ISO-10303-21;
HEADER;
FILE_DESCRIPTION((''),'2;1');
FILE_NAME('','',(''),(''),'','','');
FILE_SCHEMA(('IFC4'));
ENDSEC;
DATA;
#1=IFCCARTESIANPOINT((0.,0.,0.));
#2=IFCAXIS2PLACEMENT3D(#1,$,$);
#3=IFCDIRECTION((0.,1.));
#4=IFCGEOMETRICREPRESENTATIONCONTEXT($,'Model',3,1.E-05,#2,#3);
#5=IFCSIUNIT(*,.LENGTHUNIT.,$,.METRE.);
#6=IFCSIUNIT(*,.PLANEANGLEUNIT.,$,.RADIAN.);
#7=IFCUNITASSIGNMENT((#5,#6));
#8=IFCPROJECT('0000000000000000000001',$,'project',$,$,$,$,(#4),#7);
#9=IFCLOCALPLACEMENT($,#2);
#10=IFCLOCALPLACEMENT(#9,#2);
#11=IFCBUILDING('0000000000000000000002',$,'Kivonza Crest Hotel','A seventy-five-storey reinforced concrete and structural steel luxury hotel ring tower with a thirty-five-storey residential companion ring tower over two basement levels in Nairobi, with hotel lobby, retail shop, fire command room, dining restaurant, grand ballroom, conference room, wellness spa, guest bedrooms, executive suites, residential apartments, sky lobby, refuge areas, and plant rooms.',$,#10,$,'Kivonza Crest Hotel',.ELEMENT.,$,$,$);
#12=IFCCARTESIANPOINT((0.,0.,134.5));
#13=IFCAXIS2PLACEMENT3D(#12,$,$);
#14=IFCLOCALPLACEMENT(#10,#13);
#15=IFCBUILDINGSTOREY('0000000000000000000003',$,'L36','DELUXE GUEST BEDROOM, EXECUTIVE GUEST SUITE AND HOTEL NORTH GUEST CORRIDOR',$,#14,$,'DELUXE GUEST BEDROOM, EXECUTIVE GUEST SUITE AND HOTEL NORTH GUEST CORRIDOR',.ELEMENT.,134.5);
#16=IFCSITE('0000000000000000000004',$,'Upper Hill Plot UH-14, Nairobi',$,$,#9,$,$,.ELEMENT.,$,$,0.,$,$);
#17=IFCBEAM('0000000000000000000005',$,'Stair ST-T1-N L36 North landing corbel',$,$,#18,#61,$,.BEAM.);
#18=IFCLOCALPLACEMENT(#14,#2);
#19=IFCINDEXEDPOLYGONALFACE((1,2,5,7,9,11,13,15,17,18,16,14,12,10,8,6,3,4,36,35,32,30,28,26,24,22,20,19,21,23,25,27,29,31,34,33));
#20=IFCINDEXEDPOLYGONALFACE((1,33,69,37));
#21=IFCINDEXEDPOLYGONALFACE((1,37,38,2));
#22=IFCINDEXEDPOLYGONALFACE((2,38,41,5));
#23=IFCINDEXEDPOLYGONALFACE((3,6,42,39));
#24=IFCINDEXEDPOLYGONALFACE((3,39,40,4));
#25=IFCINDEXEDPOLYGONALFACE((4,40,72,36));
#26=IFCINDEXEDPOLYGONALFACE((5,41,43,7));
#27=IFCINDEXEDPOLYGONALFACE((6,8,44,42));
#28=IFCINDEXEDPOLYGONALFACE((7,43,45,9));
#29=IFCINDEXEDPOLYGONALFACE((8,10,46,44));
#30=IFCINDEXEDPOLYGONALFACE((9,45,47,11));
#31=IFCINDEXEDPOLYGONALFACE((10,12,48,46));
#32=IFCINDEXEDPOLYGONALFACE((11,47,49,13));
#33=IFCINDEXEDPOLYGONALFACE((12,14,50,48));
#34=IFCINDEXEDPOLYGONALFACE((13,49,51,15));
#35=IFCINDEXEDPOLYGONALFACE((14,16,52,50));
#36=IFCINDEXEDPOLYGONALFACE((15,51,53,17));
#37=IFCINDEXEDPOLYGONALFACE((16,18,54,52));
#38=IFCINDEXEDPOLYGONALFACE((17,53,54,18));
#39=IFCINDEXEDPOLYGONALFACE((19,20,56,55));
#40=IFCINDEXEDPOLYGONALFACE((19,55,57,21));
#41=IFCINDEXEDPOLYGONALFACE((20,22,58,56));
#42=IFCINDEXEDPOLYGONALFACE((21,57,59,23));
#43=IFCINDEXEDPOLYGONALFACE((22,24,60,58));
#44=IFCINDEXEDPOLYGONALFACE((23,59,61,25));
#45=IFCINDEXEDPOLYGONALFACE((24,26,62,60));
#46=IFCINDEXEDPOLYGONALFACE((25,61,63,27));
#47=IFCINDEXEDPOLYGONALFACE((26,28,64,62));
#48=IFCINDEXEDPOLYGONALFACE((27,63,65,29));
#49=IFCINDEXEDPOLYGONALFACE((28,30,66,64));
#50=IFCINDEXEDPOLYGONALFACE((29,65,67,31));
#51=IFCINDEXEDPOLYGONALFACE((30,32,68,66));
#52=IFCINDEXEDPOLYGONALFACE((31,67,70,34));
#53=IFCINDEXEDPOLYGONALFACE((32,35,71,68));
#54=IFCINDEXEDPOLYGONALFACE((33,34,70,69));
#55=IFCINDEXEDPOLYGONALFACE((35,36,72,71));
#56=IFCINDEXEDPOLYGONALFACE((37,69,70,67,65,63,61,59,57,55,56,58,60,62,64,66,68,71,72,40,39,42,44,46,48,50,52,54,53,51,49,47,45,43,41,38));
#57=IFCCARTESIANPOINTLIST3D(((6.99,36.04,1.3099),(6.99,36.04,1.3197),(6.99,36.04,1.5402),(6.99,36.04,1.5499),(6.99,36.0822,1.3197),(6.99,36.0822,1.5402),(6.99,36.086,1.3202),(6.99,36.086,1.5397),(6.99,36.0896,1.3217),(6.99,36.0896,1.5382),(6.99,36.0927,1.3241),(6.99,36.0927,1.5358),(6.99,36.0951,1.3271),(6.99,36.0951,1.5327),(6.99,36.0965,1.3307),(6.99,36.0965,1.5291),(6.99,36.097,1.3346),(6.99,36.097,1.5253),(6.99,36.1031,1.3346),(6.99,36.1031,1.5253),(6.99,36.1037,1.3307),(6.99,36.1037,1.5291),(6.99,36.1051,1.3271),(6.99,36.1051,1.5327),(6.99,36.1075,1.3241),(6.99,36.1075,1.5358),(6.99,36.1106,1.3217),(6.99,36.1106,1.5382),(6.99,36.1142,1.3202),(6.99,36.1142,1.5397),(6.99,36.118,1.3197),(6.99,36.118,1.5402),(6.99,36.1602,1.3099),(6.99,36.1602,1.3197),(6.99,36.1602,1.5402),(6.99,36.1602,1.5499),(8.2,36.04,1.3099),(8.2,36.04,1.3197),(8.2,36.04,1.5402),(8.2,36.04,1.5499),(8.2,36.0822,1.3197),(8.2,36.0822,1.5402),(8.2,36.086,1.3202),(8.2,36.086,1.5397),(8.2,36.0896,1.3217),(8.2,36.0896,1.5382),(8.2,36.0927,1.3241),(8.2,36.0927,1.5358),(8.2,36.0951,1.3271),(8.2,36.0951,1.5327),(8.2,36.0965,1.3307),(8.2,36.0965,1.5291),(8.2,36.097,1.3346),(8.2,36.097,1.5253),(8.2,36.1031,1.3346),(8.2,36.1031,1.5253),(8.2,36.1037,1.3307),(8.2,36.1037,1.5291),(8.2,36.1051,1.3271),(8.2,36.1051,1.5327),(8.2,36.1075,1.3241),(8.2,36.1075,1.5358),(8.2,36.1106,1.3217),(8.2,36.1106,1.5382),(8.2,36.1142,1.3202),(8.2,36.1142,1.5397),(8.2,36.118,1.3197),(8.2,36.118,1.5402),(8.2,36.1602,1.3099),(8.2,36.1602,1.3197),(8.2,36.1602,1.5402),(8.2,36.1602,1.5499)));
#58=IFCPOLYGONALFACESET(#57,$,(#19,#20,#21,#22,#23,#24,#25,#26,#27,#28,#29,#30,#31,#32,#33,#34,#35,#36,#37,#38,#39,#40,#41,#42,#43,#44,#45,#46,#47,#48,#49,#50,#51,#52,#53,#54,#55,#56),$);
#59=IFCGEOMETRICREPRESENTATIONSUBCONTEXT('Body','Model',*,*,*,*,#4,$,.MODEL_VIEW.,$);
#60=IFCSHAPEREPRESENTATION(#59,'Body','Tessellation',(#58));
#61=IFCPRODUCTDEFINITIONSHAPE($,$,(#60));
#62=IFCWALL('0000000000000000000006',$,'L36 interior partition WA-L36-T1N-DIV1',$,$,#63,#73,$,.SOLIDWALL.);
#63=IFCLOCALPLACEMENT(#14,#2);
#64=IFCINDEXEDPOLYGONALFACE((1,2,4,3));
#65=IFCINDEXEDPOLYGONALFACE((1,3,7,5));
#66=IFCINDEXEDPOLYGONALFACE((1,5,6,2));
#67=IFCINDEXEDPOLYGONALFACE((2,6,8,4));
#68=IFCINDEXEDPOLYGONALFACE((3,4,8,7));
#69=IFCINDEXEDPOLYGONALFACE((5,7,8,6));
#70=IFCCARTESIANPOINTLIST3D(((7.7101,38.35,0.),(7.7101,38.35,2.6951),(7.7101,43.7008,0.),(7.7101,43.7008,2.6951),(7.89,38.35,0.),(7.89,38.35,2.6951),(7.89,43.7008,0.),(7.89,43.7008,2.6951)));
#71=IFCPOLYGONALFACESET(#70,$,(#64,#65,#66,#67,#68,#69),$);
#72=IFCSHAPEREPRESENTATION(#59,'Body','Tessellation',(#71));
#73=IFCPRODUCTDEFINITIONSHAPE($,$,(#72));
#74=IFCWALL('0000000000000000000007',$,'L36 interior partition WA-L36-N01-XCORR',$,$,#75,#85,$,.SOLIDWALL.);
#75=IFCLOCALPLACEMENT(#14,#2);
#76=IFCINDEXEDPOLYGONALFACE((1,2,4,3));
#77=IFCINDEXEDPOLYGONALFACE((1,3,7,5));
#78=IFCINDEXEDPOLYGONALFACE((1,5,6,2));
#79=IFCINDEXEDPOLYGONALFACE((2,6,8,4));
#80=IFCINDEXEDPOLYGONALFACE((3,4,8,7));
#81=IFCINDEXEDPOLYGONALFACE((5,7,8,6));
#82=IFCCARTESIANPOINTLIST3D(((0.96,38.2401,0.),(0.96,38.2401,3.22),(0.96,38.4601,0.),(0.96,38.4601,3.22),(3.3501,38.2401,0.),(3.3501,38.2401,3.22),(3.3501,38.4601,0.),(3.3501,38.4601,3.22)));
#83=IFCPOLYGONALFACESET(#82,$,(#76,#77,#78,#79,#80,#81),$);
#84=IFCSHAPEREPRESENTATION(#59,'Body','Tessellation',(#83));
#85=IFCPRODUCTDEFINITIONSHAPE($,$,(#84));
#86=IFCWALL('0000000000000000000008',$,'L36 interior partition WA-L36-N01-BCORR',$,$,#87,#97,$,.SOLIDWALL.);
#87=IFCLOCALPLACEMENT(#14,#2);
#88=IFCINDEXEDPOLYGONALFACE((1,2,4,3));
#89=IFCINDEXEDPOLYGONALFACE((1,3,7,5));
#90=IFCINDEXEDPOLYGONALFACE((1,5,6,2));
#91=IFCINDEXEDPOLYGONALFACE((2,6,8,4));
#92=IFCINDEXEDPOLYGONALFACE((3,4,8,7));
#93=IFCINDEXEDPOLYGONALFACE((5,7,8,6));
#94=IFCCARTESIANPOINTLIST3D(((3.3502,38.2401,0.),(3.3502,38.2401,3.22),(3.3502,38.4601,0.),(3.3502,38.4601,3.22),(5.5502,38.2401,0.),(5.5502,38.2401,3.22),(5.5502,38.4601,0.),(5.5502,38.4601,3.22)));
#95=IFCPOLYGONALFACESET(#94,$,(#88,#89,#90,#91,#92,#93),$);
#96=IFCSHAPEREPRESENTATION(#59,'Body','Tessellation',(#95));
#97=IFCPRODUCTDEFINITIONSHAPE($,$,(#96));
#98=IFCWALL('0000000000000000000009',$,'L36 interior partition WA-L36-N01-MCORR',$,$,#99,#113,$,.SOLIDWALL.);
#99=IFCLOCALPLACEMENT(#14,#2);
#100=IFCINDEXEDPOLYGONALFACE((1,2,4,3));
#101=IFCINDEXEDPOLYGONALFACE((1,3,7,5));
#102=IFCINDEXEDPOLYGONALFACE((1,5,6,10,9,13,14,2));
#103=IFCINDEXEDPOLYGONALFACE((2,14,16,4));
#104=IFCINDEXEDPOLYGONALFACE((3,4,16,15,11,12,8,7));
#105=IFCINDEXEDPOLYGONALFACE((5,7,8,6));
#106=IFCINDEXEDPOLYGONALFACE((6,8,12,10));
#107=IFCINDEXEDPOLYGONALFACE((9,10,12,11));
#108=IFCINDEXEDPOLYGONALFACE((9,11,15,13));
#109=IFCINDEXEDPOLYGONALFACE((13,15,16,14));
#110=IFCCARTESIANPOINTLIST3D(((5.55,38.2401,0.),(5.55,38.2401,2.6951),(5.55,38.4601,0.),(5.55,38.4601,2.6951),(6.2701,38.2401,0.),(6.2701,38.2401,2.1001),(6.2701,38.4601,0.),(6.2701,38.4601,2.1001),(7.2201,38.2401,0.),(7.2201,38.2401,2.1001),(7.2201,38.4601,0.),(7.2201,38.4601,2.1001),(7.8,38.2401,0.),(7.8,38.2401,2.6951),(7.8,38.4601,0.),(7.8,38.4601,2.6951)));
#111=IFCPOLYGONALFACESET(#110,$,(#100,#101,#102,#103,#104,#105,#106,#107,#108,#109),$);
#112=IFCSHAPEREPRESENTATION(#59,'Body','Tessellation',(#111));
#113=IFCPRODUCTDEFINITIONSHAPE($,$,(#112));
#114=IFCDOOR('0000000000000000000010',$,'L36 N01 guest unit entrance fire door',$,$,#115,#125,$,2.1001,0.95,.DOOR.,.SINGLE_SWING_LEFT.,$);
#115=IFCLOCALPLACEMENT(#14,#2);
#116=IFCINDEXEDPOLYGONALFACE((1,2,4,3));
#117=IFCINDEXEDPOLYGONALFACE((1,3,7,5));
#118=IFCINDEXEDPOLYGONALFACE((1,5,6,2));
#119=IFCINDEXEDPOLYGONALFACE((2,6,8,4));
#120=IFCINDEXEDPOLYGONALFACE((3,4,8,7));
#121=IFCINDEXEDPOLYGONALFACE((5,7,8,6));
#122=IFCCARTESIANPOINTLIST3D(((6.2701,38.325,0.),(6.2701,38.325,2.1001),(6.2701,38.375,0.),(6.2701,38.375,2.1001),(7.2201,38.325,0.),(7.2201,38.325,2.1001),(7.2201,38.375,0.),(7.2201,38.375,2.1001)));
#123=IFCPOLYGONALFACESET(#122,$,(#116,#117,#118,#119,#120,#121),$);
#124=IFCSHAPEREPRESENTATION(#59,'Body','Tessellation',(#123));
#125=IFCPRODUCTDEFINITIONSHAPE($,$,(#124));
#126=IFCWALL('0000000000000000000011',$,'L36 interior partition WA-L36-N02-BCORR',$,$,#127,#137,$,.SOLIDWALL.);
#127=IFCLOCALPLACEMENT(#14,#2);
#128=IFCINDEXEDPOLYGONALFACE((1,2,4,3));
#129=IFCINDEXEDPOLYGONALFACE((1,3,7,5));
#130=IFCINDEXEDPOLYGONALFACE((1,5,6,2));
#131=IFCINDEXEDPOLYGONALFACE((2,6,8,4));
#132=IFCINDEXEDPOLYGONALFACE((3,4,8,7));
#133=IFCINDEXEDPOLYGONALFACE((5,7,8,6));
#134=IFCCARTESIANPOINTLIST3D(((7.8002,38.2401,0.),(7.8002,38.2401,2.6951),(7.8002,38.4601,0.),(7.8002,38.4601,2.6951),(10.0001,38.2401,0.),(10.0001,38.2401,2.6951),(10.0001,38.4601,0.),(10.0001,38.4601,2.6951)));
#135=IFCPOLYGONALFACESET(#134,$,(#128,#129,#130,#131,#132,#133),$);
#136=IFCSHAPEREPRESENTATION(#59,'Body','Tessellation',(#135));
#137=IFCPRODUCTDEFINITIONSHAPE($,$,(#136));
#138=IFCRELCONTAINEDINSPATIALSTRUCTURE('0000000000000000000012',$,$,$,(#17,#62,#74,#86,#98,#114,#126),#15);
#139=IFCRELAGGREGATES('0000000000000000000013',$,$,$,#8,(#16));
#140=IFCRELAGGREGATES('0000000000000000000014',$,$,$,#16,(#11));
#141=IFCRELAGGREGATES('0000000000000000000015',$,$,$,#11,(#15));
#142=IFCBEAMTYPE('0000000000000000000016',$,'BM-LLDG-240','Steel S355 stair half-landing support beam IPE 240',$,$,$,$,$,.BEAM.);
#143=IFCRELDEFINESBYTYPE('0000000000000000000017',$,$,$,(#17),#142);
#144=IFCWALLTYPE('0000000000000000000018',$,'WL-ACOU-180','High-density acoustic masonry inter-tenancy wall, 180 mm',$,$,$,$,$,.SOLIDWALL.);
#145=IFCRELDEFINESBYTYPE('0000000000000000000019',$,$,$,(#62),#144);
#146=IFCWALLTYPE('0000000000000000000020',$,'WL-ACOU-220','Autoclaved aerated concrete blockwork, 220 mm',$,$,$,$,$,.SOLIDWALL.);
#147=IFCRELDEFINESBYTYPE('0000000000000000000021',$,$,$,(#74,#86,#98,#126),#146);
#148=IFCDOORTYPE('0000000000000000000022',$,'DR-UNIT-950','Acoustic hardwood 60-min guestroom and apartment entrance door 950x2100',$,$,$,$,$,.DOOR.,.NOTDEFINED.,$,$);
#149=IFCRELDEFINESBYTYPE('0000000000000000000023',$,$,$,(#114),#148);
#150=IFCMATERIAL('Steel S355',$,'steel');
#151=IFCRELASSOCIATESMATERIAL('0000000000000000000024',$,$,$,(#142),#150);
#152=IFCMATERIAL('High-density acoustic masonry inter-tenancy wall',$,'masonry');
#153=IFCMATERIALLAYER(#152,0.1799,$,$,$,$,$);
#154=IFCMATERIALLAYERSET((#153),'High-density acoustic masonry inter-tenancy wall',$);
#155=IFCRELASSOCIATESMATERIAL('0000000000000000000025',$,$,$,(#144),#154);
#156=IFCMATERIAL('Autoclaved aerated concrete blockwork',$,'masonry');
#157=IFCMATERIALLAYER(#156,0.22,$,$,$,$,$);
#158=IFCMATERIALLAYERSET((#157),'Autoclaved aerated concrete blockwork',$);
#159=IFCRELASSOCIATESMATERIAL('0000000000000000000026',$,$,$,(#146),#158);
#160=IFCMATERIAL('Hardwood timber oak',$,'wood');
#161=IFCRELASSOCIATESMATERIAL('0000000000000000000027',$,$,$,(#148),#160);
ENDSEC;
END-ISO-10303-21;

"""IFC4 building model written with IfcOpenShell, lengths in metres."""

from ifc_helpers import new_model, si_unit, direction, frame, frame_2d, origin, origin_2d, place, context, subcontext, project, spatial, rectangle, i_section, extrude, material, layer, layer_set, material_profile, profile_set, type_object, element, fill, save


model = new_model("IFC4")

# Units and contexts
model_context = context("Model", 3, precision=1e-05, world=origin(), true_north=direction((0.0, 1.0)))
body_context = subcontext(model_context, "Body", "Model", "MODEL_VIEW")
ifc_project = project(units=[si_unit("LENGTHUNIT", "METRE"), si_unit("PLANEANGLEUNIT", "RADIAN")], contexts=[model_context])

# Site, building, storey
site_placement = place(None, origin())
site = spatial("IfcSite", under=ifc_project, at=site_placement, Name="Upper Hill Plot UH-14, Nairobi", CompositionType="ELEMENT", RefElevation=0.0)
building_placement = place(site_placement, origin())
building = spatial("IfcBuilding", under=site, at=building_placement, Name="Kivonza Crest Hotel", Description="A seventy-five-storey reinforced concrete and structural steel luxury hotel ring tower with a thirty-five-storey residential companion ring tower over two basement levels in Nairobi, with hotel lobby, retail shop, fire command room, dining restaurant, grand ballroom, conference room, wellness spa, guest bedrooms, executive suites, residential apartments, sky lobby, refuge areas, and plant rooms.", LongName="Kivonza Crest Hotel", CompositionType="ELEMENT")
storey_placement = place(building_placement, frame((0.0, 0.0, 134.5)))
storey = spatial("IfcBuildingStorey", under=building, at=storey_placement, Name="L36", Description="DELUXE GUEST BEDROOM, EXECUTIVE GUEST SUITE AND HOTEL NORTH GUEST CORRIDOR", LongName="DELUXE GUEST BEDROOM, EXECUTIVE GUEST SUITE AND HOTEL NORTH GUEST CORRIDOR", CompositionType="ELEMENT", Elevation=134.5)

# Beam
ifc_material_1 = material(Name="Steel S355", Category="steel")
ifc_material_profile = material_profile(ifc_material_1, i_section(OverallWidth=0.1201, OverallDepth=0.24, WebThickness=0.0061, FlangeThickness=0.0098, FilletRadius=0.0149, at=origin_2d()), Name="IPE 240")
ifc_profile_set = profile_set([ifc_material_profile], Name="Steel S355")
beam_type = type_object("IfcBeamType", Name="BM-LLDG-240", Description="Steel S355 stair half-landing support beam IPE 240", PredefinedType="BEAM", material=ifc_profile_set)
beam_placement = place(storey_placement, frame((6.99, 36.1001, 1.4299), z_axis=(1.0, 0.0, 0.0), x_axis=(0.0, 1.0, 0.0)))
element("IfcBeam", 1, at=beam_placement, inside=storey, type_object=beam_type, Name="Stair ST-T1-N L36 North landing corbel", PredefinedType="BEAM", context=body_context, shape_type="SweptSolid", body=[
    extrude(i_section(OverallWidth=0.1201, OverallDepth=0.24, WebThickness=0.0061, FlangeThickness=0.0098, FilletRadius=0.0149, at=origin_2d()), origin(), (0.0, 0.0, 1.0), 1.21),
])

# Walls
ifc_material_2 = material(Name="High-density acoustic masonry inter-tenancy wall", Category="masonry")
ifc_layer_1 = layer(ifc_material_2, 0.1799)
ifc_layer_set_1 = layer_set([ifc_layer_1], Name="High-density acoustic masonry inter-tenancy wall")
wall_type_1 = type_object("IfcWallType", Name="WL-ACOU-180", Description="High-density acoustic masonry inter-tenancy wall, 180 mm", PredefinedType="SOLIDWALL", material=ifc_layer_set_1)
wall_1_placement = place(storey_placement, frame((7.8, 38.3501, 0.0), z_axis=(0.0, 0.0, 1.0), x_axis=(0.0, 1.0, 0.0)))
element("IfcWall", 2, at=wall_1_placement, inside=storey, type_object=wall_type_1, Name="L36 interior partition WA-L36-T1N-DIV1", PredefinedType="SOLIDWALL", context=body_context, shape_type="SweptSolid", body=[
    extrude(rectangle(XDim=5.3508, YDim=0.1799, at=frame_2d((2.6753, 0.0))), origin(), (0.0, 0.0, 1.0), 2.6951),
])
ifc_material_3 = material(Name="Autoclaved aerated concrete blockwork", Category="masonry")
ifc_layer_2 = layer(ifc_material_3, 0.22)
ifc_layer_set_2 = layer_set([ifc_layer_2], Name="Autoclaved aerated concrete blockwork")
wall_type_2 = type_object("IfcWallType", Name="WL-ACOU-220", Description="Autoclaved aerated concrete blockwork, 220 mm", PredefinedType="SOLIDWALL", material=ifc_layer_set_2)
wall_2_placement = place(storey_placement, frame((0.96, 38.3501, 0.0), z_axis=(0.0, 0.0, 1.0), x_axis=(1.0, 0.0, 0.0)))
element("IfcWall", 3, at=wall_2_placement, inside=storey, type_object=wall_type_2, Name="L36 interior partition WA-L36-N01-XCORR", PredefinedType="SOLIDWALL", context=body_context, shape_type="SweptSolid", body=[
    extrude(rectangle(XDim=2.3901, YDim=0.22, at=frame_2d((1.1951, 0.0))), origin(), (0.0, 0.0, 1.0), 3.22),
])
wall_3_placement = place(storey_placement, frame((3.3501, 38.3501, 0.0), z_axis=(0.0, 0.0, 1.0), x_axis=(1.0, 0.0, 0.0)))
element("IfcWall", 4, at=wall_3_placement, inside=storey, type_object=wall_type_2, Name="L36 interior partition WA-L36-N01-BCORR", PredefinedType="SOLIDWALL", context=body_context, shape_type="SweptSolid", body=[
    extrude(rectangle(XDim=2.2, YDim=0.22, at=frame_2d((1.1001, 0.0))), origin(), (0.0, 0.0, 1.0), 3.22),
])

# Wall, opening, door
wall_4_placement = place(storey_placement, frame((5.55, 38.3501, 0.0), z_axis=(0.0, 0.0, 1.0), x_axis=(1.0, 0.0, 0.0)))
wall_4 = element("IfcWall", 5, at=wall_4_placement, inside=storey, type_object=wall_type_2, Name="L36 interior partition WA-L36-N01-MCORR", PredefinedType="SOLIDWALL", context=body_context, shape_type="SweptSolid", body=[
    extrude(rectangle(XDim=2.25, YDim=0.22, at=frame_2d((1.125, 0.0))), origin(), (0.0, 0.0, 1.0), 2.6951),
])
opening_1_placement = place(wall_4_placement, frame((0.72, 0.0, 0.0)))
opening_1 = element("IfcOpeningElement", 6, at=opening_1_placement, cuts=wall_4, PredefinedType="OPENING", context=body_context, shape_type="SweptSolid", body=[
    extrude(rectangle(XDim=0.95, YDim=2.1001, at=frame_2d((0.4751, 1.05))), frame((0.0, 0.1201, 0.0), z_axis=(0.0, -1.0, 0.0), x_axis=(1.0, 0.0, 0.0)), (0.0, 0.0, 1.0), 0.24),
])
ifc_material_4 = material(Name="Hardwood timber oak", Category="wood")
door_type_1 = type_object("IfcDoorType", Name="DR-UNIT-950", Description="Acoustic hardwood 60-min guestroom and apartment entrance door 950x2100", OperationType="NOTDEFINED", PredefinedType="DOOR", material=ifc_material_4)
door_1_placement = place(opening_1_placement, origin())
door_1 = element("IfcDoor", 7, at=door_1_placement, inside=storey, type_object=door_type_1, Name="L36 N01 guest unit entrance fire door", OperationType="SINGLE_SWING_LEFT", OverallHeight=2.1001, OverallWidth=0.95, PredefinedType="DOOR", context=body_context, shape_type="SweptSolid", body=[
    extrude(rectangle(XDim=0.95, YDim=2.1001, at=frame_2d((0.4751, 1.05))), frame((0.0, 0.0249, 0.0), z_axis=(0.0, -1.0, 0.0), x_axis=(1.0, 0.0, 0.0)), (0.0, 0.0, 1.0), 0.05),
])
fill(opening_1, door_1)

# Wall
wall_5_placement = place(storey_placement, frame((7.8, 38.3501, 0.0), z_axis=(0.0, 0.0, 1.0), x_axis=(1.0, 0.0, 0.0)))
element("IfcWall", 8, at=wall_5_placement, inside=storey, type_object=wall_type_2, Name="L36 interior partition WA-L36-N02-BCORR", PredefinedType="SOLIDWALL", context=body_context, shape_type="SweptSolid", body=[
    extrude(rectangle(XDim=2.2, YDim=0.22, at=frame_2d((1.1001, 0.0))), origin(), (0.0, 0.0, 1.0), 2.6951),
])

save(model, "model.ifc")
